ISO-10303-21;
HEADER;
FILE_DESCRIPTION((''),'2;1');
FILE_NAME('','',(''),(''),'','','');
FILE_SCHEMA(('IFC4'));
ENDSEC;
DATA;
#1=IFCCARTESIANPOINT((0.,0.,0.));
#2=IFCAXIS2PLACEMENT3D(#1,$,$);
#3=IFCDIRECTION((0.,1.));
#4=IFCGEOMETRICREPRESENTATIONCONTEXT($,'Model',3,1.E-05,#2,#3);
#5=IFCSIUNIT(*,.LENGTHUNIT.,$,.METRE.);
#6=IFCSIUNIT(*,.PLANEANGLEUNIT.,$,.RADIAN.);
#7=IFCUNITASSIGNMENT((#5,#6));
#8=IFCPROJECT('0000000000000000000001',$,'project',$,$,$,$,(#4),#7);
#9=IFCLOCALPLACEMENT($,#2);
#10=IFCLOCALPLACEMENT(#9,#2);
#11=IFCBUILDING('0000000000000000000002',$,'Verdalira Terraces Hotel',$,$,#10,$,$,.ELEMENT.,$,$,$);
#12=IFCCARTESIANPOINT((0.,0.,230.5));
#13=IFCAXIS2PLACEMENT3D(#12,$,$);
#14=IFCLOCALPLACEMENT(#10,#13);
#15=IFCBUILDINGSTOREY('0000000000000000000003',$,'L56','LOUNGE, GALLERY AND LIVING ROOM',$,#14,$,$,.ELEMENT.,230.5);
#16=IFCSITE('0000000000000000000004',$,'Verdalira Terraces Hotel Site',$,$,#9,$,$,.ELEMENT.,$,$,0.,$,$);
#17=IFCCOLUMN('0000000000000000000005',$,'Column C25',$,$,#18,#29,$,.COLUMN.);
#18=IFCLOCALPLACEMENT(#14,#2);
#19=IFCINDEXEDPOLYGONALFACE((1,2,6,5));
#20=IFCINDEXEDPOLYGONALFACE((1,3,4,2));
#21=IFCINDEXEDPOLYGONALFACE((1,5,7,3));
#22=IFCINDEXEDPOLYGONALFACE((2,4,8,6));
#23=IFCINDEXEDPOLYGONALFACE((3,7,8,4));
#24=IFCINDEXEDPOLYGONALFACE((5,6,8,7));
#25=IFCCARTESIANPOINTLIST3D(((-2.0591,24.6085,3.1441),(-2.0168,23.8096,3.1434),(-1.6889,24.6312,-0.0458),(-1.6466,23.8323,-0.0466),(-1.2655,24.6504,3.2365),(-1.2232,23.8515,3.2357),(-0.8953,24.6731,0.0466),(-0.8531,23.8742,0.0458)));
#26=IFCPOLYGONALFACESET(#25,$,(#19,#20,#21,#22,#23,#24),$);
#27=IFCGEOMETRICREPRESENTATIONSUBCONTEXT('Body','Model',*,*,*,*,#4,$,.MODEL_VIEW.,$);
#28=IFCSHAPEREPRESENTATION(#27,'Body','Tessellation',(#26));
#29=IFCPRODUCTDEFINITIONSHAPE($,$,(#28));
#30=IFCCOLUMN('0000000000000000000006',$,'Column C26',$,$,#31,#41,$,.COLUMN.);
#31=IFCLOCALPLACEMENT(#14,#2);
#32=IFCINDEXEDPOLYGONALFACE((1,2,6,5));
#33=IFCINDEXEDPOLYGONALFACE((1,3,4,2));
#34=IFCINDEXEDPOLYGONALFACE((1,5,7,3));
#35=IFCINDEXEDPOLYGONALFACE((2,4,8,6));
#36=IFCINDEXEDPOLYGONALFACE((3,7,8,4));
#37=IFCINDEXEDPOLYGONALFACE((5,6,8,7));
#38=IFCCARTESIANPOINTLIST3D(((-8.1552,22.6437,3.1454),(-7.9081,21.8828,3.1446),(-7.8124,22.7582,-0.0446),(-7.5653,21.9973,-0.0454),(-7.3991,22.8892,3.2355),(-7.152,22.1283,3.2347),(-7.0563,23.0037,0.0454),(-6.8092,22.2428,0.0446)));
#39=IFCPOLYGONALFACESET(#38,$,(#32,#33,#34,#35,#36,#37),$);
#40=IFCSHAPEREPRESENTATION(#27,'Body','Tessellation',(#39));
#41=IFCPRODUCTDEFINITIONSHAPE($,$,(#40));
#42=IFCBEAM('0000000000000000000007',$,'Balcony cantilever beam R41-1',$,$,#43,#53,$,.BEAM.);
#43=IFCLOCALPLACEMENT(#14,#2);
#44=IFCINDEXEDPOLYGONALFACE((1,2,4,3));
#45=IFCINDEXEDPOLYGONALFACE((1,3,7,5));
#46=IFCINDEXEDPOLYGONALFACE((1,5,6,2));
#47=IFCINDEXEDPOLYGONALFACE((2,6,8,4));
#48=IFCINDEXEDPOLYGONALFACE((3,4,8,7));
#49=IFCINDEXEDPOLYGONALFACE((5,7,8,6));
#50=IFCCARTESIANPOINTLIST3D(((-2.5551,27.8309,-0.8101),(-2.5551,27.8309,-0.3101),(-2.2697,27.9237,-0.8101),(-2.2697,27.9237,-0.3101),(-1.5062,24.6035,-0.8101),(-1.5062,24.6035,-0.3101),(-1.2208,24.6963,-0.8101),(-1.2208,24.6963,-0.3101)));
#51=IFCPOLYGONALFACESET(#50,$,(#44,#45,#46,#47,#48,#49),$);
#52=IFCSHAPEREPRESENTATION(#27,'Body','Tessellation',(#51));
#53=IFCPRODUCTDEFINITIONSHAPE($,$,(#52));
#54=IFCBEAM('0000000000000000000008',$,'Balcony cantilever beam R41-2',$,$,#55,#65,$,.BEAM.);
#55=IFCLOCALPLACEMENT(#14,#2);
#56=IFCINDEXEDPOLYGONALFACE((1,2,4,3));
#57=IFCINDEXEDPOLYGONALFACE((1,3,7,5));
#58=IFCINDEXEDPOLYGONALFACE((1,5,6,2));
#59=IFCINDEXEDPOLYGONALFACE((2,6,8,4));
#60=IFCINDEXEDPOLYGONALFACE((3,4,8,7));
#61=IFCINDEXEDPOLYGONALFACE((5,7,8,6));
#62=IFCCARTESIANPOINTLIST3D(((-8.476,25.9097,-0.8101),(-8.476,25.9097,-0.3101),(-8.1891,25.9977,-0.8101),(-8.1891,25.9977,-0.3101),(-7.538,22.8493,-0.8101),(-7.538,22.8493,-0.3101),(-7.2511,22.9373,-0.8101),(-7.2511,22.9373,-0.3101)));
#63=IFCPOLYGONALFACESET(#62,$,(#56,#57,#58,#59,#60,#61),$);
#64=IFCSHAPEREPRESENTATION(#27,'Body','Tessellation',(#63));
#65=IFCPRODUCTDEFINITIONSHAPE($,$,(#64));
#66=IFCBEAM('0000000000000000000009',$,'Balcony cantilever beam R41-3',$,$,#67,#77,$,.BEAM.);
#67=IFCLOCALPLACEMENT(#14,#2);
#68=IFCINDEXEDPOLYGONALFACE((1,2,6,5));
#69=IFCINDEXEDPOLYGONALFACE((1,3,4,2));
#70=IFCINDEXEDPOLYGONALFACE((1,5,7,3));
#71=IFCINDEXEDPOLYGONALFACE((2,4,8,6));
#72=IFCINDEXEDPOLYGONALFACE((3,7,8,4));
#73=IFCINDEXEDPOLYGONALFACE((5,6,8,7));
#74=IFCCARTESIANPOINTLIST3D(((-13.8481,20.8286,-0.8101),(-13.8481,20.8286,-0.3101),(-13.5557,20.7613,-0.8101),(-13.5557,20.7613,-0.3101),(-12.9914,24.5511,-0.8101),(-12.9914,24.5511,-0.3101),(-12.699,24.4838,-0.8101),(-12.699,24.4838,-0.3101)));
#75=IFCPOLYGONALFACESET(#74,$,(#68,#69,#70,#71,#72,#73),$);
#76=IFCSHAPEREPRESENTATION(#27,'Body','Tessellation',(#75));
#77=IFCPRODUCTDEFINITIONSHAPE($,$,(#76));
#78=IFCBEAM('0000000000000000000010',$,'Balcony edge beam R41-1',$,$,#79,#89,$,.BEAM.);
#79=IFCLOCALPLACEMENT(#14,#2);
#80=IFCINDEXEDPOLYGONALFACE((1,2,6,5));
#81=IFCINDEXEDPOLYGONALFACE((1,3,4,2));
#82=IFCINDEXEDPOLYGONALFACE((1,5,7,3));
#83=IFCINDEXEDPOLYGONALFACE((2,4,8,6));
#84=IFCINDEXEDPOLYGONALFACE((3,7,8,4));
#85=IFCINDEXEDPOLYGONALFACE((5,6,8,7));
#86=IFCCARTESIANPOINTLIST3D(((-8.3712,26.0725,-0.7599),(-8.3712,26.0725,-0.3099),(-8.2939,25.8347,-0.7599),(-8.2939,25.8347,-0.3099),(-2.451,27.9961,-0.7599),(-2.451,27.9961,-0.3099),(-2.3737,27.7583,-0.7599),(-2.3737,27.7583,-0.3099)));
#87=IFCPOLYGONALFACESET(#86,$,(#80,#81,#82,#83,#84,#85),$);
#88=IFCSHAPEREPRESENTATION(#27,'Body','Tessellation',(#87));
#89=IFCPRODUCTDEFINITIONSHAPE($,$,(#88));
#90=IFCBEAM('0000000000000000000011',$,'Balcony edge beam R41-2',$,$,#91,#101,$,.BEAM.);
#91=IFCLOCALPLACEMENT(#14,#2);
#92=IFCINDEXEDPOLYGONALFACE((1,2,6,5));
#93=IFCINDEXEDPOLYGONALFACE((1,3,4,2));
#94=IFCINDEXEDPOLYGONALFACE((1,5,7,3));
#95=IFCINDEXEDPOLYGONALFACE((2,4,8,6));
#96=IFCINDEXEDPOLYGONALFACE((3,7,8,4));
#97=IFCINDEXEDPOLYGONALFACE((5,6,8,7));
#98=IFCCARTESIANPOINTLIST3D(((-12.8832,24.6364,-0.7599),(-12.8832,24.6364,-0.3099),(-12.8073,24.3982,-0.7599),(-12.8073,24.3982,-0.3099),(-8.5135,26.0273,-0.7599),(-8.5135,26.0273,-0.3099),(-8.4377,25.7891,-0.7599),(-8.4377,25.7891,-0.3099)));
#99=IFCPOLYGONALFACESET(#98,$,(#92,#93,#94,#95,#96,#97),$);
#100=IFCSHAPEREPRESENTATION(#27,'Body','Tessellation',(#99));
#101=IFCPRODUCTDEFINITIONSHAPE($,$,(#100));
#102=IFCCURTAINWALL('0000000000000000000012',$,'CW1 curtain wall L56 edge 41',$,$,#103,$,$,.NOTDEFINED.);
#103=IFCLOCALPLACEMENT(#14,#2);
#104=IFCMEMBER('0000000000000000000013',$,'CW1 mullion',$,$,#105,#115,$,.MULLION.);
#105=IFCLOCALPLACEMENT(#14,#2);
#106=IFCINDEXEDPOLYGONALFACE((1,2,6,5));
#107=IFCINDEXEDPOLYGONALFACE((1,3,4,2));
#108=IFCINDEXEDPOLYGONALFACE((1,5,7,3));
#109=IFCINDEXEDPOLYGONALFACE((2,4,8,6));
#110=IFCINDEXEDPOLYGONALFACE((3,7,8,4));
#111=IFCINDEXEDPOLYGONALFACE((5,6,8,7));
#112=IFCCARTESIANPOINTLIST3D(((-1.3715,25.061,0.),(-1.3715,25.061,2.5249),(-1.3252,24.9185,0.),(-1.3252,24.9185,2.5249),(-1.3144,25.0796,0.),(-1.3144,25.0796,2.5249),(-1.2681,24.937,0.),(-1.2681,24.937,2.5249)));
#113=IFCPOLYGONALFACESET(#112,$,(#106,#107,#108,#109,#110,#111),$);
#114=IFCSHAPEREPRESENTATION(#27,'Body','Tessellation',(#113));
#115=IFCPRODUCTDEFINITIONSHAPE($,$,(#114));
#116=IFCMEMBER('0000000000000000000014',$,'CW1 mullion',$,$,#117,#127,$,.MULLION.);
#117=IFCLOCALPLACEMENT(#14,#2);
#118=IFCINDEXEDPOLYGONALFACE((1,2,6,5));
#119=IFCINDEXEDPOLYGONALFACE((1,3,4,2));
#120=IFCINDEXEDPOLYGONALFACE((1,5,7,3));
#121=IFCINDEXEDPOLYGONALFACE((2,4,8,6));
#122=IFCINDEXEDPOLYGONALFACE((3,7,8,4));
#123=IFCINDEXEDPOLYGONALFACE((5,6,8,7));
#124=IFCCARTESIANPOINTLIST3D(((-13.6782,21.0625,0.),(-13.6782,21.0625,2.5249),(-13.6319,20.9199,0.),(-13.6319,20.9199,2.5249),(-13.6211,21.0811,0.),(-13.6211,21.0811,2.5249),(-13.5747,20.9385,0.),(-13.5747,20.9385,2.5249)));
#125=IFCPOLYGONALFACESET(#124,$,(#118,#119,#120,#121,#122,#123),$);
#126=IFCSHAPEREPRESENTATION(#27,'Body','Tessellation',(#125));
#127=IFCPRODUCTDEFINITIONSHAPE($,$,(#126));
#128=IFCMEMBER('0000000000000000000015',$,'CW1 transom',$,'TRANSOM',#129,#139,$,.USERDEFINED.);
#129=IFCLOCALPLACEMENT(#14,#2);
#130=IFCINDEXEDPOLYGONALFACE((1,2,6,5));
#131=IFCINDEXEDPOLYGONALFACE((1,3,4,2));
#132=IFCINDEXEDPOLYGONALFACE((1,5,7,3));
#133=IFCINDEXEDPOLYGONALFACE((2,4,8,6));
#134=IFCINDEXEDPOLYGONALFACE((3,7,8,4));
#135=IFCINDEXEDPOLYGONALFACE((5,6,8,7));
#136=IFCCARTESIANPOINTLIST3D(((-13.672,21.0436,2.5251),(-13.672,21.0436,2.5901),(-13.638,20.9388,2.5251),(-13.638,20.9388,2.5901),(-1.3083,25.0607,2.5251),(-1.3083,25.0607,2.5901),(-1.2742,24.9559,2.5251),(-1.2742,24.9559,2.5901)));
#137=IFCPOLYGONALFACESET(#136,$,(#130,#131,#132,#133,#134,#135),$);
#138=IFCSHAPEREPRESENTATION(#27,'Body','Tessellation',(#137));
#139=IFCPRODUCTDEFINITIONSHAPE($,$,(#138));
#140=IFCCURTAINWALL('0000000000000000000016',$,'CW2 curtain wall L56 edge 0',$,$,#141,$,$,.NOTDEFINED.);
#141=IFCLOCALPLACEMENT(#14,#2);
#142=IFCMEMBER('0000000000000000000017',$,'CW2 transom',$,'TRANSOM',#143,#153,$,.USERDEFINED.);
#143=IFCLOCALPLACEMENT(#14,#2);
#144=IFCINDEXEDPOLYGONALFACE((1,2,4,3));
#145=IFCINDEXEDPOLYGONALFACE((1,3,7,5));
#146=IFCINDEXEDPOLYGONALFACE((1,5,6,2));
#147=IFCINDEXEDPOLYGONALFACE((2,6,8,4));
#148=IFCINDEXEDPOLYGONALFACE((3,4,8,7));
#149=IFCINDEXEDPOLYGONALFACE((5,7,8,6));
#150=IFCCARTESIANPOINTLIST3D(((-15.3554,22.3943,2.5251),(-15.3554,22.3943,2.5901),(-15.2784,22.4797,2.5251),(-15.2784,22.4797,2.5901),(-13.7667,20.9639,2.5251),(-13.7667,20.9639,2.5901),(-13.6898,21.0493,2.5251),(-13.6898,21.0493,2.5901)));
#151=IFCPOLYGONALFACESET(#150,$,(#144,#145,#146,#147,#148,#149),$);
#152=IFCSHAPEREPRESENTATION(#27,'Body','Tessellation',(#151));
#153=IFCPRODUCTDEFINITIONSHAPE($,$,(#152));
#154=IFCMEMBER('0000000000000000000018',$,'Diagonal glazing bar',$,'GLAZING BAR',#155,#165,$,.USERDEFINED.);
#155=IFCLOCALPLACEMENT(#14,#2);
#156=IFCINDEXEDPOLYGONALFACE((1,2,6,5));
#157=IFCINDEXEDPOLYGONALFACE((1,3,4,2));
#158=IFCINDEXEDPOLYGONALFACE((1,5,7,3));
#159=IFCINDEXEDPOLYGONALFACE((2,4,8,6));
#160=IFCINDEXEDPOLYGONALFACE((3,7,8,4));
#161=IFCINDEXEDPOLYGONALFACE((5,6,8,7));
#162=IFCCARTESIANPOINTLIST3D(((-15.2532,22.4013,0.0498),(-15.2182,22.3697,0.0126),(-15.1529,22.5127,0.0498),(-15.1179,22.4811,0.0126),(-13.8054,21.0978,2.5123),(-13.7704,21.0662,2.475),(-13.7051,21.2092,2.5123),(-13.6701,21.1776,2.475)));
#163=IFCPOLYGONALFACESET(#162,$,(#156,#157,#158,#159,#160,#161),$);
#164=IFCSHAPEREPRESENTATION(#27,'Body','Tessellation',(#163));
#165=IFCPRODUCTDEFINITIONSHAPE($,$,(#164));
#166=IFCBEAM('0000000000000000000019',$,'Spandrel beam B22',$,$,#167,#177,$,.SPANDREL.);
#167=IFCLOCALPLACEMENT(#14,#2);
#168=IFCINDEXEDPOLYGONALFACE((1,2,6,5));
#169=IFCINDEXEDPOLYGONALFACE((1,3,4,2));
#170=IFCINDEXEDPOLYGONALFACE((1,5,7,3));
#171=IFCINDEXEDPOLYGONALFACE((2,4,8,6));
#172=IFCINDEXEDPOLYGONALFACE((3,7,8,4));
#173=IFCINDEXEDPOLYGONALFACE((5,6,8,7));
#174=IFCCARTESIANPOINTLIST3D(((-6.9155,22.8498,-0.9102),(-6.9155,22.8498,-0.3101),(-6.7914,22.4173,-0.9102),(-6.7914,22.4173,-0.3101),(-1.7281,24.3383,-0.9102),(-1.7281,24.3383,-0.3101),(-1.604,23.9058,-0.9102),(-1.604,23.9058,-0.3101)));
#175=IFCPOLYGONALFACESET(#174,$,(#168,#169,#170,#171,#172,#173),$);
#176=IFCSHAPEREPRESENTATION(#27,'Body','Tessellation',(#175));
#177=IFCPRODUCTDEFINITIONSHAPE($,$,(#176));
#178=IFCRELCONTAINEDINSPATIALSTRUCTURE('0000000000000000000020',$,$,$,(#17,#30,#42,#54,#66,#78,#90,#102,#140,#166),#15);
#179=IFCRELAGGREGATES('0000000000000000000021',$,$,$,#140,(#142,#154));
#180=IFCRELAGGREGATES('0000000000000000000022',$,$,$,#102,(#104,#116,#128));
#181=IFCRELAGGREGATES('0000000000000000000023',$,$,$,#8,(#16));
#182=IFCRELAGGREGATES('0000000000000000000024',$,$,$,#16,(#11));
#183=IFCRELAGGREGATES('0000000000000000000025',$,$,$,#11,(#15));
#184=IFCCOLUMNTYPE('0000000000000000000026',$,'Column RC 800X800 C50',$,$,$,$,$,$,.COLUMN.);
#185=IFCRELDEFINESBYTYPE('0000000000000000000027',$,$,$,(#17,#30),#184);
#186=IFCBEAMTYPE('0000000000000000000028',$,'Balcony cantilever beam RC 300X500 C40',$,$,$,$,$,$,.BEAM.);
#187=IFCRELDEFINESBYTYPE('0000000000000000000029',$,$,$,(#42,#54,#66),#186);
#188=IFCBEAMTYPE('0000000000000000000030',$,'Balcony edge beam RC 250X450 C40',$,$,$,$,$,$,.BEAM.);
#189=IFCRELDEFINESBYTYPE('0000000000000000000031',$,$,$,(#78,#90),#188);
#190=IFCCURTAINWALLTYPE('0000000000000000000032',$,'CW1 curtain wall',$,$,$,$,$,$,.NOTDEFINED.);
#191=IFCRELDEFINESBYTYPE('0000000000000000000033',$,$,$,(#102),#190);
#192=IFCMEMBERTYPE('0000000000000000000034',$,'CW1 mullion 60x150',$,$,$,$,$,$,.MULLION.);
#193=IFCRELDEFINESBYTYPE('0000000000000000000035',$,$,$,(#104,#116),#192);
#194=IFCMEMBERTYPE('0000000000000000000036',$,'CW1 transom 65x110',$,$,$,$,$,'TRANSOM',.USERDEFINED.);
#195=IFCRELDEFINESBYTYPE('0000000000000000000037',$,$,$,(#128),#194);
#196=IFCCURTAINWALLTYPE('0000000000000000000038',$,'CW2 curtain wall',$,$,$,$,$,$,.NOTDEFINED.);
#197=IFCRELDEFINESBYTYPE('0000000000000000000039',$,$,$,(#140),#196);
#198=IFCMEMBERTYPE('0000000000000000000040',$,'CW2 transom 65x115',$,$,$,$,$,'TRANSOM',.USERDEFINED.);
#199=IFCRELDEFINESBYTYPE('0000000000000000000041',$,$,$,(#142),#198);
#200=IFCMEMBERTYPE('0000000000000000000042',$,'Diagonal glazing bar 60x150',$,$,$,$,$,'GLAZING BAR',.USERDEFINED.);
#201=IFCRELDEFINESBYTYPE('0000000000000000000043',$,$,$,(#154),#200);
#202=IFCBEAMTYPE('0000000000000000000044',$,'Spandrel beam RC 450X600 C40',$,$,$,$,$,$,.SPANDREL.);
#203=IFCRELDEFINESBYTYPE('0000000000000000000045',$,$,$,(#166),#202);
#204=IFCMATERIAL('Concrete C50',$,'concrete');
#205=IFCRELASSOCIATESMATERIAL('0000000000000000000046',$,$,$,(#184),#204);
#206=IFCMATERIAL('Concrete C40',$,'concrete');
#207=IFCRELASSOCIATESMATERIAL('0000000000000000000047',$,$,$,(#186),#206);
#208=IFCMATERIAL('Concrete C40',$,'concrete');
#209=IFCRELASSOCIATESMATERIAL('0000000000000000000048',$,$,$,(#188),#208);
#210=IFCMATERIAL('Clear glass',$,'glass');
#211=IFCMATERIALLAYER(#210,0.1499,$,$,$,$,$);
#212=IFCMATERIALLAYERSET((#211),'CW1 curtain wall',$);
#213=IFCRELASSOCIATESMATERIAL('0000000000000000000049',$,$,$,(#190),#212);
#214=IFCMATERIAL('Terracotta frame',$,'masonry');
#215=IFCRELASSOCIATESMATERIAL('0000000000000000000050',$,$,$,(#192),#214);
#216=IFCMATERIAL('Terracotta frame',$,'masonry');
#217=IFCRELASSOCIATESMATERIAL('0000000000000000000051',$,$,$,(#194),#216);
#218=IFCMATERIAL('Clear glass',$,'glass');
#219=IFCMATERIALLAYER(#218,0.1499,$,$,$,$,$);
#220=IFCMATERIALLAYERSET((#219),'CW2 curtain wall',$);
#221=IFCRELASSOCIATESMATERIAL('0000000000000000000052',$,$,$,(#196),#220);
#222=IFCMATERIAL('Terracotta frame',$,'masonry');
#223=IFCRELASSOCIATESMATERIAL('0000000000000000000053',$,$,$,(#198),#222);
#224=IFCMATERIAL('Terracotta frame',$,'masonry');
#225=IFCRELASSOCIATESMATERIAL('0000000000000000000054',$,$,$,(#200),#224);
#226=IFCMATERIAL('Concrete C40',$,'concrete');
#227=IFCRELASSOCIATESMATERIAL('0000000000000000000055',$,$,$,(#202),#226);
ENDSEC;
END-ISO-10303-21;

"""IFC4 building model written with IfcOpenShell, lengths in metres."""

from ifc_helpers import new_model, si_unit, direction, frame, origin, origin_2d, place, context, subcontext, project, spatial, rectangle, extrude, material, layer, layer_set, material_profile, profile_set, type_object, element, aggregate, save


model = new_model("IFC4")

# Units and contexts
model_context = context("Model", 3, precision=1e-05, world=origin(), true_north=direction((0.0, 1.0)))
body_context = subcontext(model_context, "Body", "Model", "MODEL_VIEW")
ifc_project = project(units=[si_unit("LENGTHUNIT", "METRE"), si_unit("PLANEANGLEUNIT", "RADIAN")], contexts=[model_context])

# Site, building, storey
site_placement = place(None, origin())
site = spatial("IfcSite", under=ifc_project, at=site_placement, Name="Verdalira Terraces Hotel Site", CompositionType="ELEMENT", RefElevation=0.0)
building_placement = place(site_placement, origin())
building = spatial("IfcBuilding", under=site, at=building_placement, Name="Verdalira Terraces Hotel", CompositionType="ELEMENT")
storey_placement = place(building_placement, frame((0.0, 0.0, 230.5)))
storey = spatial("IfcBuildingStorey", under=building, at=storey_placement, Name="L56", Description="LOUNGE, GALLERY AND LIVING ROOM", CompositionType="ELEMENT", Elevation=230.5)

# Columns
ifc_material_1 = material(Name="Concrete C50", Category="concrete")
ifc_material_profile_1 = material_profile(ifc_material_1, rectangle(XDim=0.8, YDim=0.8, at=origin_2d()), Name="RC 800X800")
ifc_profile_set_1 = profile_set([ifc_material_profile_1], Name="Concrete C50")
column_type = type_object("IfcColumnType", Name="Column RC 800X800 C50", PredefinedType="COLUMN", material=ifc_profile_set_1)
column_1_placement = place(storey_placement, frame((-1.271, 24.2527, 0.0), z_axis=(-0.11525, -0.00707, 0.993311), x_axis=(0.991929, 0.052401, 0.115463)))
element("IfcColumn", 1, at=column_1_placement, inside=storey, type_object=column_type, Name="Column C25", PredefinedType="COLUMN", context=body_context, shape_type="SweptSolid", body=[
    extrude(rectangle(XDim=0.8, YDim=0.8, at=origin_2d()), origin(), (0.0, 0.0, 1.0), 3.2114),
])
column_2_placement = place(storey_placement, frame((-7.3108, 22.5005, 0.0), z_axis=(-0.106771, -0.035667, 0.993644), x_axis=(-0.94509, -0.306813, -0.112567)))
element("IfcColumn", 2, at=column_2_placement, inside=storey, type_object=column_type, Name="Column C26", PredefinedType="COLUMN", context=body_context, shape_type="SweptSolid", body=[
    extrude(rectangle(XDim=0.8, YDim=0.8, at=origin_2d()), origin(), (0.0, 0.0, 1.0), 3.2104),
])

# Beams
ifc_material_2 = material(Name="Concrete C40", Category="concrete")
ifc_material_profile_2 = material_profile(ifc_material_2, rectangle(XDim=0.3, YDim=0.5, at=origin_2d()), Name="RC 300X500")
ifc_profile_set_2 = profile_set([ifc_material_profile_2], Name="Concrete C40")
beam_type_1 = type_object("IfcBeamType", Name="Balcony cantilever beam RC 300X500 C40", PredefinedType="BEAM", material=ifc_profile_set_2)
beam_1_placement = place(storey_placement, frame((-1.3635, 24.6499, -0.5601), z_axis=(-0.309075, 0.951038, 0.0), x_axis=(-0.951038, -0.309075, 0.0)))
element("IfcBeam", 3, at=beam_1_placement, inside=storey, type_object=beam_type_1, Name="Balcony cantilever beam R41-1", PredefinedType="BEAM", context=body_context, shape_type="SweptSolid", body=[
    extrude(rectangle(XDim=0.3, YDim=0.5, at=origin_2d()), origin(), (0.0, 0.0, 1.0), 3.3936),
])
beam_2_placement = place(storey_placement, frame((-7.3945, 22.8933, -0.5601), z_axis=(-0.293046, 0.956098, 0.0), x_axis=(-0.956098, -0.293046, 0.0)))
element("IfcBeam", 4, at=beam_2_placement, inside=storey, type_object=beam_type_1, Name="Balcony cantilever beam R41-2", PredefinedType="BEAM", context=body_context, shape_type="SweptSolid", body=[
    extrude(rectangle(XDim=0.3, YDim=0.5, at=origin_2d()), origin(), (0.0, 0.0, 1.0), 3.2009),
])
beam_3_placement = place(storey_placement, frame((-13.7019, 20.7949, -0.5601), z_axis=(0.224281, 0.974525, 0.0), x_axis=(-0.974525, 0.224281, 0.0)))
element("IfcBeam", 5, at=beam_3_placement, inside=storey, type_object=beam_type_1, Name="Balcony cantilever beam R41-3", PredefinedType="BEAM", context=body_context, shape_type="SweptSolid", body=[
    extrude(rectangle(XDim=0.3, YDim=0.5, at=origin_2d()), origin(), (0.0, 0.0, 1.0), 3.8198),
])
ifc_material_3 = material(Name="Concrete C40", Category="concrete")
ifc_material_profile_3 = material_profile(ifc_material_3, rectangle(XDim=0.25, YDim=0.45, at=origin_2d()), Name="RC 250X450")
ifc_profile_set_3 = profile_set([ifc_material_profile_3], Name="Concrete C40")
beam_type_2 = type_object("IfcBeamType", Name="Balcony edge beam RC 250X450 C40", PredefinedType="BEAM", material=ifc_profile_set_3)
beam_4_placement = place(storey_placement, frame((-2.4124, 27.8772, -0.5349), z_axis=(-0.951056, -0.309018, 0.0), x_axis=(0.309018, -0.951056, 0.0)))
element("IfcBeam", 6, at=beam_4_placement, inside=storey, type_object=beam_type_2, Name="Balcony edge beam R41-1", PredefinedType="BEAM", context=body_context, shape_type="SweptSolid", body=[
    extrude(rectangle(XDim=0.25, YDim=0.45, at=origin_2d()), origin(), (0.0, 0.0, 1.0), 6.2249),
])
beam_5_placement = place(storey_placement, frame((-8.4756, 25.9082, -0.5349), z_axis=(-0.952892, -0.303309, 0.0), x_axis=(0.303309, -0.952892, 0.0)))
element("IfcBeam", 7, at=beam_5_placement, inside=storey, type_object=beam_type_2, Name="Balcony edge beam R41-2", PredefinedType="BEAM", context=body_context, shape_type="SweptSolid", body=[
    extrude(rectangle(XDim=0.25, YDim=0.45, at=origin_2d()), origin(), (0.0, 0.0, 1.0), 4.5857),
])

# Curtain walls, members
ifc_material_4 = material(Name="Clear glass", Category="glass")
ifc_layer_1 = layer(ifc_material_4, 0.1499)
ifc_layer_set_1 = layer_set([ifc_layer_1], Name="CW1 curtain wall")
curtain_wall_type_1 = type_object("IfcCurtainWallType", Name="CW1 curtain wall", PredefinedType="NOTDEFINED", material=ifc_layer_set_1)
curtain_wall_1_placement = place(storey_placement, origin())
curtain_wall_1 = element("IfcCurtainWall", 8, at=curtain_wall_1_placement, inside=storey, type_object=curtain_wall_type_1, Name="CW1 curtain wall L56 edge 41", PredefinedType="NOTDEFINED")
ifc_material_5 = material(Name="Terracotta frame", Category="masonry")
ifc_material_profile_4 = material_profile(ifc_material_5, rectangle(XDim=0.0601, YDim=0.1499, at=origin_2d()), Name="MU 60x150")
ifc_profile_set_4 = profile_set([ifc_material_profile_4], Name="Terracotta frame")
member_type_1 = type_object("IfcMemberType", Name="CW1 mullion 60x150", PredefinedType="MULLION", material=ifc_profile_set_4)
member_1_placement = place(storey_placement, frame((-1.3198, 24.999, 0.0), z_axis=(0.0, 0.0, 1.0), x_axis=(-0.951057, -0.309017, 0.0)))
member_1 = element("IfcMember", 9, at=member_1_placement, type_object=member_type_1, Name="CW1 mullion", PredefinedType="MULLION", context=body_context, shape_type="SweptSolid", body=[
    extrude(rectangle(XDim=0.0601, YDim=0.1499, at=origin_2d()), origin(), (0.0, 0.0, 1.0), 2.5249),
])
member_2_placement = place(storey_placement, frame((-13.6265, 21.0005, 0.0), z_axis=(0.0, 0.0, 1.0), x_axis=(-0.951057, -0.309017, 0.0)))
member_2 = element("IfcMember", 10, at=member_2_placement, type_object=member_type_1, Name="CW1 mullion", PredefinedType="MULLION", context=body_context, shape_type="SweptSolid", body=[
    extrude(rectangle(XDim=0.0601, YDim=0.1499, at=origin_2d()), origin(), (0.0, 0.0, 1.0), 2.5249),
])
ifc_material_6 = material(Name="Terracotta frame", Category="masonry")
ifc_material_profile_5 = material_profile(ifc_material_6, rectangle(XDim=0.1101, YDim=0.0649, at=origin_2d()), Name="TR 65x110")
ifc_profile_set_5 = profile_set([ifc_material_profile_5], Name="Terracotta frame")
member_type_2 = type_object("IfcMemberType", Name="CW1 transom 65x110", ElementType="TRANSOM", PredefinedType="USERDEFINED", material=ifc_profile_set_5)
member_3_placement = place(storey_placement, frame((-1.2913, 25.0083, 2.5576), z_axis=(-0.95106, -0.309007, 0.0), x_axis=(0.309007, -0.95106, 0.0)))
member_3 = element("IfcMember", 11, at=member_3_placement, type_object=member_type_2, Name="CW1 transom", ObjectType="TRANSOM", PredefinedType="USERDEFINED", context=body_context, shape_type="SweptSolid", body=[
    extrude(rectangle(XDim=0.1101, YDim=0.0649, at=origin_2d()), origin(), (0.0, 0.0, 1.0), 13.0),
])
ifc_material_7 = material(Name="Clear glass", Category="glass")
ifc_layer_2 = layer(ifc_material_7, 0.1499)
ifc_layer_set_2 = layer_set([ifc_layer_2], Name="CW2 curtain wall")
curtain_wall_type_2 = type_object("IfcCurtainWallType", Name="CW2 curtain wall", PredefinedType="NOTDEFINED", material=ifc_layer_set_2)
curtain_wall_2_placement = place(storey_placement, origin())
curtain_wall_2 = element("IfcCurtainWall", 12, at=curtain_wall_2_placement, inside=storey, type_object=curtain_wall_type_2, Name="CW2 curtain wall L56 edge 0", PredefinedType="NOTDEFINED")
ifc_material_8 = material(Name="Terracotta frame", Category="masonry")
ifc_material_profile_6 = material_profile(ifc_material_8, rectangle(XDim=0.115, YDim=0.0649, at=origin_2d()), Name="TR 65x115")
ifc_profile_set_6 = profile_set([ifc_material_profile_6], Name="Terracotta frame")
member_type_3 = type_object("IfcMemberType", Name="CW2 transom 65x115", ElementType="TRANSOM", PredefinedType="USERDEFINED", material=ifc_profile_set_6)
member_4_placement = place(storey_placement, frame((-13.7283, 21.0066, 2.5576), z_axis=(-0.743141, 0.669135, 0.0), x_axis=(-0.669135, -0.743141, 0.0)))
member_4 = element("IfcMember", 13, at=member_4_placement, type_object=member_type_3, Name="CW2 transom", ObjectType="TRANSOM", PredefinedType="USERDEFINED", context=body_context, shape_type="SweptSolid", body=[
    extrude(rectangle(XDim=0.115, YDim=0.0649, at=origin_2d()), origin(), (0.0, 0.0, 1.0), 2.1377),
])
ifc_material_9 = material(Name="Terracotta frame", Category="masonry")
ifc_material_profile_7 = material_profile(ifc_material_9, rectangle(XDim=0.1499, YDim=0.0601, at=origin_2d()), Name="GB 60x150")
ifc_profile_set_7 = profile_set([ifc_material_profile_7], Name="Terracotta frame")
member_type_4 = type_object("IfcMemberType", Name="Diagonal glazing bar 60x150", ElementType="GLAZING BAR", PredefinedType="USERDEFINED", material=ifc_profile_set_7)
member_5_placement = place(storey_placement, frame((-13.7378, 21.1377, 2.4937), z_axis=(-0.461095, 0.415141, -0.784251), x_axis=(-0.669103, -0.74317, 0.0)))
member_5 = element("IfcMember", 14, at=member_5_placement, type_object=member_type_4, Name="Diagonal glazing bar", ObjectType="GLAZING BAR", PredefinedType="USERDEFINED", context=body_context, shape_type="SweptSolid", body=[
    extrude(rectangle(XDim=0.1499, YDim=0.0601, at=origin_2d()), origin(), (0.0, 0.0, 1.0), 3.1399),
])
aggregate(curtain_wall_2, [member_4, member_5])

# Beam
ifc_material_10 = material(Name="Concrete C40", Category="concrete")
ifc_material_profile_8 = material_profile(ifc_material_10, rectangle(XDim=0.45, YDim=0.6001, at=origin_2d()), Name="RC 450X600")
ifc_profile_set_8 = profile_set([ifc_material_profile_8], Name="Concrete C40")
beam_type_3 = type_object("IfcBeamType", Name="Spandrel beam RC 450X600 C40", PredefinedType="SPANDREL", material=ifc_profile_set_8)
beam_6_placement = place(storey_placement, frame((-1.666, 24.1221, -0.6101), z_axis=(-0.961211, -0.275814, 0.0), x_axis=(0.275814, -0.961211, 0.0)))
element("IfcBeam", 15, at=beam_6_placement, inside=storey, type_object=beam_type_3, Name="Spandrel beam B22", PredefinedType="SPANDREL", context=body_context, shape_type="SweptSolid", body=[
    extrude(rectangle(XDim=0.45, YDim=0.6001, at=origin_2d()), origin(), (0.0, 0.0, 1.0), 5.3967),
])

aggregate(curtain_wall_1, [member_1, member_2, member_3])

save(model, "model.ifc")
